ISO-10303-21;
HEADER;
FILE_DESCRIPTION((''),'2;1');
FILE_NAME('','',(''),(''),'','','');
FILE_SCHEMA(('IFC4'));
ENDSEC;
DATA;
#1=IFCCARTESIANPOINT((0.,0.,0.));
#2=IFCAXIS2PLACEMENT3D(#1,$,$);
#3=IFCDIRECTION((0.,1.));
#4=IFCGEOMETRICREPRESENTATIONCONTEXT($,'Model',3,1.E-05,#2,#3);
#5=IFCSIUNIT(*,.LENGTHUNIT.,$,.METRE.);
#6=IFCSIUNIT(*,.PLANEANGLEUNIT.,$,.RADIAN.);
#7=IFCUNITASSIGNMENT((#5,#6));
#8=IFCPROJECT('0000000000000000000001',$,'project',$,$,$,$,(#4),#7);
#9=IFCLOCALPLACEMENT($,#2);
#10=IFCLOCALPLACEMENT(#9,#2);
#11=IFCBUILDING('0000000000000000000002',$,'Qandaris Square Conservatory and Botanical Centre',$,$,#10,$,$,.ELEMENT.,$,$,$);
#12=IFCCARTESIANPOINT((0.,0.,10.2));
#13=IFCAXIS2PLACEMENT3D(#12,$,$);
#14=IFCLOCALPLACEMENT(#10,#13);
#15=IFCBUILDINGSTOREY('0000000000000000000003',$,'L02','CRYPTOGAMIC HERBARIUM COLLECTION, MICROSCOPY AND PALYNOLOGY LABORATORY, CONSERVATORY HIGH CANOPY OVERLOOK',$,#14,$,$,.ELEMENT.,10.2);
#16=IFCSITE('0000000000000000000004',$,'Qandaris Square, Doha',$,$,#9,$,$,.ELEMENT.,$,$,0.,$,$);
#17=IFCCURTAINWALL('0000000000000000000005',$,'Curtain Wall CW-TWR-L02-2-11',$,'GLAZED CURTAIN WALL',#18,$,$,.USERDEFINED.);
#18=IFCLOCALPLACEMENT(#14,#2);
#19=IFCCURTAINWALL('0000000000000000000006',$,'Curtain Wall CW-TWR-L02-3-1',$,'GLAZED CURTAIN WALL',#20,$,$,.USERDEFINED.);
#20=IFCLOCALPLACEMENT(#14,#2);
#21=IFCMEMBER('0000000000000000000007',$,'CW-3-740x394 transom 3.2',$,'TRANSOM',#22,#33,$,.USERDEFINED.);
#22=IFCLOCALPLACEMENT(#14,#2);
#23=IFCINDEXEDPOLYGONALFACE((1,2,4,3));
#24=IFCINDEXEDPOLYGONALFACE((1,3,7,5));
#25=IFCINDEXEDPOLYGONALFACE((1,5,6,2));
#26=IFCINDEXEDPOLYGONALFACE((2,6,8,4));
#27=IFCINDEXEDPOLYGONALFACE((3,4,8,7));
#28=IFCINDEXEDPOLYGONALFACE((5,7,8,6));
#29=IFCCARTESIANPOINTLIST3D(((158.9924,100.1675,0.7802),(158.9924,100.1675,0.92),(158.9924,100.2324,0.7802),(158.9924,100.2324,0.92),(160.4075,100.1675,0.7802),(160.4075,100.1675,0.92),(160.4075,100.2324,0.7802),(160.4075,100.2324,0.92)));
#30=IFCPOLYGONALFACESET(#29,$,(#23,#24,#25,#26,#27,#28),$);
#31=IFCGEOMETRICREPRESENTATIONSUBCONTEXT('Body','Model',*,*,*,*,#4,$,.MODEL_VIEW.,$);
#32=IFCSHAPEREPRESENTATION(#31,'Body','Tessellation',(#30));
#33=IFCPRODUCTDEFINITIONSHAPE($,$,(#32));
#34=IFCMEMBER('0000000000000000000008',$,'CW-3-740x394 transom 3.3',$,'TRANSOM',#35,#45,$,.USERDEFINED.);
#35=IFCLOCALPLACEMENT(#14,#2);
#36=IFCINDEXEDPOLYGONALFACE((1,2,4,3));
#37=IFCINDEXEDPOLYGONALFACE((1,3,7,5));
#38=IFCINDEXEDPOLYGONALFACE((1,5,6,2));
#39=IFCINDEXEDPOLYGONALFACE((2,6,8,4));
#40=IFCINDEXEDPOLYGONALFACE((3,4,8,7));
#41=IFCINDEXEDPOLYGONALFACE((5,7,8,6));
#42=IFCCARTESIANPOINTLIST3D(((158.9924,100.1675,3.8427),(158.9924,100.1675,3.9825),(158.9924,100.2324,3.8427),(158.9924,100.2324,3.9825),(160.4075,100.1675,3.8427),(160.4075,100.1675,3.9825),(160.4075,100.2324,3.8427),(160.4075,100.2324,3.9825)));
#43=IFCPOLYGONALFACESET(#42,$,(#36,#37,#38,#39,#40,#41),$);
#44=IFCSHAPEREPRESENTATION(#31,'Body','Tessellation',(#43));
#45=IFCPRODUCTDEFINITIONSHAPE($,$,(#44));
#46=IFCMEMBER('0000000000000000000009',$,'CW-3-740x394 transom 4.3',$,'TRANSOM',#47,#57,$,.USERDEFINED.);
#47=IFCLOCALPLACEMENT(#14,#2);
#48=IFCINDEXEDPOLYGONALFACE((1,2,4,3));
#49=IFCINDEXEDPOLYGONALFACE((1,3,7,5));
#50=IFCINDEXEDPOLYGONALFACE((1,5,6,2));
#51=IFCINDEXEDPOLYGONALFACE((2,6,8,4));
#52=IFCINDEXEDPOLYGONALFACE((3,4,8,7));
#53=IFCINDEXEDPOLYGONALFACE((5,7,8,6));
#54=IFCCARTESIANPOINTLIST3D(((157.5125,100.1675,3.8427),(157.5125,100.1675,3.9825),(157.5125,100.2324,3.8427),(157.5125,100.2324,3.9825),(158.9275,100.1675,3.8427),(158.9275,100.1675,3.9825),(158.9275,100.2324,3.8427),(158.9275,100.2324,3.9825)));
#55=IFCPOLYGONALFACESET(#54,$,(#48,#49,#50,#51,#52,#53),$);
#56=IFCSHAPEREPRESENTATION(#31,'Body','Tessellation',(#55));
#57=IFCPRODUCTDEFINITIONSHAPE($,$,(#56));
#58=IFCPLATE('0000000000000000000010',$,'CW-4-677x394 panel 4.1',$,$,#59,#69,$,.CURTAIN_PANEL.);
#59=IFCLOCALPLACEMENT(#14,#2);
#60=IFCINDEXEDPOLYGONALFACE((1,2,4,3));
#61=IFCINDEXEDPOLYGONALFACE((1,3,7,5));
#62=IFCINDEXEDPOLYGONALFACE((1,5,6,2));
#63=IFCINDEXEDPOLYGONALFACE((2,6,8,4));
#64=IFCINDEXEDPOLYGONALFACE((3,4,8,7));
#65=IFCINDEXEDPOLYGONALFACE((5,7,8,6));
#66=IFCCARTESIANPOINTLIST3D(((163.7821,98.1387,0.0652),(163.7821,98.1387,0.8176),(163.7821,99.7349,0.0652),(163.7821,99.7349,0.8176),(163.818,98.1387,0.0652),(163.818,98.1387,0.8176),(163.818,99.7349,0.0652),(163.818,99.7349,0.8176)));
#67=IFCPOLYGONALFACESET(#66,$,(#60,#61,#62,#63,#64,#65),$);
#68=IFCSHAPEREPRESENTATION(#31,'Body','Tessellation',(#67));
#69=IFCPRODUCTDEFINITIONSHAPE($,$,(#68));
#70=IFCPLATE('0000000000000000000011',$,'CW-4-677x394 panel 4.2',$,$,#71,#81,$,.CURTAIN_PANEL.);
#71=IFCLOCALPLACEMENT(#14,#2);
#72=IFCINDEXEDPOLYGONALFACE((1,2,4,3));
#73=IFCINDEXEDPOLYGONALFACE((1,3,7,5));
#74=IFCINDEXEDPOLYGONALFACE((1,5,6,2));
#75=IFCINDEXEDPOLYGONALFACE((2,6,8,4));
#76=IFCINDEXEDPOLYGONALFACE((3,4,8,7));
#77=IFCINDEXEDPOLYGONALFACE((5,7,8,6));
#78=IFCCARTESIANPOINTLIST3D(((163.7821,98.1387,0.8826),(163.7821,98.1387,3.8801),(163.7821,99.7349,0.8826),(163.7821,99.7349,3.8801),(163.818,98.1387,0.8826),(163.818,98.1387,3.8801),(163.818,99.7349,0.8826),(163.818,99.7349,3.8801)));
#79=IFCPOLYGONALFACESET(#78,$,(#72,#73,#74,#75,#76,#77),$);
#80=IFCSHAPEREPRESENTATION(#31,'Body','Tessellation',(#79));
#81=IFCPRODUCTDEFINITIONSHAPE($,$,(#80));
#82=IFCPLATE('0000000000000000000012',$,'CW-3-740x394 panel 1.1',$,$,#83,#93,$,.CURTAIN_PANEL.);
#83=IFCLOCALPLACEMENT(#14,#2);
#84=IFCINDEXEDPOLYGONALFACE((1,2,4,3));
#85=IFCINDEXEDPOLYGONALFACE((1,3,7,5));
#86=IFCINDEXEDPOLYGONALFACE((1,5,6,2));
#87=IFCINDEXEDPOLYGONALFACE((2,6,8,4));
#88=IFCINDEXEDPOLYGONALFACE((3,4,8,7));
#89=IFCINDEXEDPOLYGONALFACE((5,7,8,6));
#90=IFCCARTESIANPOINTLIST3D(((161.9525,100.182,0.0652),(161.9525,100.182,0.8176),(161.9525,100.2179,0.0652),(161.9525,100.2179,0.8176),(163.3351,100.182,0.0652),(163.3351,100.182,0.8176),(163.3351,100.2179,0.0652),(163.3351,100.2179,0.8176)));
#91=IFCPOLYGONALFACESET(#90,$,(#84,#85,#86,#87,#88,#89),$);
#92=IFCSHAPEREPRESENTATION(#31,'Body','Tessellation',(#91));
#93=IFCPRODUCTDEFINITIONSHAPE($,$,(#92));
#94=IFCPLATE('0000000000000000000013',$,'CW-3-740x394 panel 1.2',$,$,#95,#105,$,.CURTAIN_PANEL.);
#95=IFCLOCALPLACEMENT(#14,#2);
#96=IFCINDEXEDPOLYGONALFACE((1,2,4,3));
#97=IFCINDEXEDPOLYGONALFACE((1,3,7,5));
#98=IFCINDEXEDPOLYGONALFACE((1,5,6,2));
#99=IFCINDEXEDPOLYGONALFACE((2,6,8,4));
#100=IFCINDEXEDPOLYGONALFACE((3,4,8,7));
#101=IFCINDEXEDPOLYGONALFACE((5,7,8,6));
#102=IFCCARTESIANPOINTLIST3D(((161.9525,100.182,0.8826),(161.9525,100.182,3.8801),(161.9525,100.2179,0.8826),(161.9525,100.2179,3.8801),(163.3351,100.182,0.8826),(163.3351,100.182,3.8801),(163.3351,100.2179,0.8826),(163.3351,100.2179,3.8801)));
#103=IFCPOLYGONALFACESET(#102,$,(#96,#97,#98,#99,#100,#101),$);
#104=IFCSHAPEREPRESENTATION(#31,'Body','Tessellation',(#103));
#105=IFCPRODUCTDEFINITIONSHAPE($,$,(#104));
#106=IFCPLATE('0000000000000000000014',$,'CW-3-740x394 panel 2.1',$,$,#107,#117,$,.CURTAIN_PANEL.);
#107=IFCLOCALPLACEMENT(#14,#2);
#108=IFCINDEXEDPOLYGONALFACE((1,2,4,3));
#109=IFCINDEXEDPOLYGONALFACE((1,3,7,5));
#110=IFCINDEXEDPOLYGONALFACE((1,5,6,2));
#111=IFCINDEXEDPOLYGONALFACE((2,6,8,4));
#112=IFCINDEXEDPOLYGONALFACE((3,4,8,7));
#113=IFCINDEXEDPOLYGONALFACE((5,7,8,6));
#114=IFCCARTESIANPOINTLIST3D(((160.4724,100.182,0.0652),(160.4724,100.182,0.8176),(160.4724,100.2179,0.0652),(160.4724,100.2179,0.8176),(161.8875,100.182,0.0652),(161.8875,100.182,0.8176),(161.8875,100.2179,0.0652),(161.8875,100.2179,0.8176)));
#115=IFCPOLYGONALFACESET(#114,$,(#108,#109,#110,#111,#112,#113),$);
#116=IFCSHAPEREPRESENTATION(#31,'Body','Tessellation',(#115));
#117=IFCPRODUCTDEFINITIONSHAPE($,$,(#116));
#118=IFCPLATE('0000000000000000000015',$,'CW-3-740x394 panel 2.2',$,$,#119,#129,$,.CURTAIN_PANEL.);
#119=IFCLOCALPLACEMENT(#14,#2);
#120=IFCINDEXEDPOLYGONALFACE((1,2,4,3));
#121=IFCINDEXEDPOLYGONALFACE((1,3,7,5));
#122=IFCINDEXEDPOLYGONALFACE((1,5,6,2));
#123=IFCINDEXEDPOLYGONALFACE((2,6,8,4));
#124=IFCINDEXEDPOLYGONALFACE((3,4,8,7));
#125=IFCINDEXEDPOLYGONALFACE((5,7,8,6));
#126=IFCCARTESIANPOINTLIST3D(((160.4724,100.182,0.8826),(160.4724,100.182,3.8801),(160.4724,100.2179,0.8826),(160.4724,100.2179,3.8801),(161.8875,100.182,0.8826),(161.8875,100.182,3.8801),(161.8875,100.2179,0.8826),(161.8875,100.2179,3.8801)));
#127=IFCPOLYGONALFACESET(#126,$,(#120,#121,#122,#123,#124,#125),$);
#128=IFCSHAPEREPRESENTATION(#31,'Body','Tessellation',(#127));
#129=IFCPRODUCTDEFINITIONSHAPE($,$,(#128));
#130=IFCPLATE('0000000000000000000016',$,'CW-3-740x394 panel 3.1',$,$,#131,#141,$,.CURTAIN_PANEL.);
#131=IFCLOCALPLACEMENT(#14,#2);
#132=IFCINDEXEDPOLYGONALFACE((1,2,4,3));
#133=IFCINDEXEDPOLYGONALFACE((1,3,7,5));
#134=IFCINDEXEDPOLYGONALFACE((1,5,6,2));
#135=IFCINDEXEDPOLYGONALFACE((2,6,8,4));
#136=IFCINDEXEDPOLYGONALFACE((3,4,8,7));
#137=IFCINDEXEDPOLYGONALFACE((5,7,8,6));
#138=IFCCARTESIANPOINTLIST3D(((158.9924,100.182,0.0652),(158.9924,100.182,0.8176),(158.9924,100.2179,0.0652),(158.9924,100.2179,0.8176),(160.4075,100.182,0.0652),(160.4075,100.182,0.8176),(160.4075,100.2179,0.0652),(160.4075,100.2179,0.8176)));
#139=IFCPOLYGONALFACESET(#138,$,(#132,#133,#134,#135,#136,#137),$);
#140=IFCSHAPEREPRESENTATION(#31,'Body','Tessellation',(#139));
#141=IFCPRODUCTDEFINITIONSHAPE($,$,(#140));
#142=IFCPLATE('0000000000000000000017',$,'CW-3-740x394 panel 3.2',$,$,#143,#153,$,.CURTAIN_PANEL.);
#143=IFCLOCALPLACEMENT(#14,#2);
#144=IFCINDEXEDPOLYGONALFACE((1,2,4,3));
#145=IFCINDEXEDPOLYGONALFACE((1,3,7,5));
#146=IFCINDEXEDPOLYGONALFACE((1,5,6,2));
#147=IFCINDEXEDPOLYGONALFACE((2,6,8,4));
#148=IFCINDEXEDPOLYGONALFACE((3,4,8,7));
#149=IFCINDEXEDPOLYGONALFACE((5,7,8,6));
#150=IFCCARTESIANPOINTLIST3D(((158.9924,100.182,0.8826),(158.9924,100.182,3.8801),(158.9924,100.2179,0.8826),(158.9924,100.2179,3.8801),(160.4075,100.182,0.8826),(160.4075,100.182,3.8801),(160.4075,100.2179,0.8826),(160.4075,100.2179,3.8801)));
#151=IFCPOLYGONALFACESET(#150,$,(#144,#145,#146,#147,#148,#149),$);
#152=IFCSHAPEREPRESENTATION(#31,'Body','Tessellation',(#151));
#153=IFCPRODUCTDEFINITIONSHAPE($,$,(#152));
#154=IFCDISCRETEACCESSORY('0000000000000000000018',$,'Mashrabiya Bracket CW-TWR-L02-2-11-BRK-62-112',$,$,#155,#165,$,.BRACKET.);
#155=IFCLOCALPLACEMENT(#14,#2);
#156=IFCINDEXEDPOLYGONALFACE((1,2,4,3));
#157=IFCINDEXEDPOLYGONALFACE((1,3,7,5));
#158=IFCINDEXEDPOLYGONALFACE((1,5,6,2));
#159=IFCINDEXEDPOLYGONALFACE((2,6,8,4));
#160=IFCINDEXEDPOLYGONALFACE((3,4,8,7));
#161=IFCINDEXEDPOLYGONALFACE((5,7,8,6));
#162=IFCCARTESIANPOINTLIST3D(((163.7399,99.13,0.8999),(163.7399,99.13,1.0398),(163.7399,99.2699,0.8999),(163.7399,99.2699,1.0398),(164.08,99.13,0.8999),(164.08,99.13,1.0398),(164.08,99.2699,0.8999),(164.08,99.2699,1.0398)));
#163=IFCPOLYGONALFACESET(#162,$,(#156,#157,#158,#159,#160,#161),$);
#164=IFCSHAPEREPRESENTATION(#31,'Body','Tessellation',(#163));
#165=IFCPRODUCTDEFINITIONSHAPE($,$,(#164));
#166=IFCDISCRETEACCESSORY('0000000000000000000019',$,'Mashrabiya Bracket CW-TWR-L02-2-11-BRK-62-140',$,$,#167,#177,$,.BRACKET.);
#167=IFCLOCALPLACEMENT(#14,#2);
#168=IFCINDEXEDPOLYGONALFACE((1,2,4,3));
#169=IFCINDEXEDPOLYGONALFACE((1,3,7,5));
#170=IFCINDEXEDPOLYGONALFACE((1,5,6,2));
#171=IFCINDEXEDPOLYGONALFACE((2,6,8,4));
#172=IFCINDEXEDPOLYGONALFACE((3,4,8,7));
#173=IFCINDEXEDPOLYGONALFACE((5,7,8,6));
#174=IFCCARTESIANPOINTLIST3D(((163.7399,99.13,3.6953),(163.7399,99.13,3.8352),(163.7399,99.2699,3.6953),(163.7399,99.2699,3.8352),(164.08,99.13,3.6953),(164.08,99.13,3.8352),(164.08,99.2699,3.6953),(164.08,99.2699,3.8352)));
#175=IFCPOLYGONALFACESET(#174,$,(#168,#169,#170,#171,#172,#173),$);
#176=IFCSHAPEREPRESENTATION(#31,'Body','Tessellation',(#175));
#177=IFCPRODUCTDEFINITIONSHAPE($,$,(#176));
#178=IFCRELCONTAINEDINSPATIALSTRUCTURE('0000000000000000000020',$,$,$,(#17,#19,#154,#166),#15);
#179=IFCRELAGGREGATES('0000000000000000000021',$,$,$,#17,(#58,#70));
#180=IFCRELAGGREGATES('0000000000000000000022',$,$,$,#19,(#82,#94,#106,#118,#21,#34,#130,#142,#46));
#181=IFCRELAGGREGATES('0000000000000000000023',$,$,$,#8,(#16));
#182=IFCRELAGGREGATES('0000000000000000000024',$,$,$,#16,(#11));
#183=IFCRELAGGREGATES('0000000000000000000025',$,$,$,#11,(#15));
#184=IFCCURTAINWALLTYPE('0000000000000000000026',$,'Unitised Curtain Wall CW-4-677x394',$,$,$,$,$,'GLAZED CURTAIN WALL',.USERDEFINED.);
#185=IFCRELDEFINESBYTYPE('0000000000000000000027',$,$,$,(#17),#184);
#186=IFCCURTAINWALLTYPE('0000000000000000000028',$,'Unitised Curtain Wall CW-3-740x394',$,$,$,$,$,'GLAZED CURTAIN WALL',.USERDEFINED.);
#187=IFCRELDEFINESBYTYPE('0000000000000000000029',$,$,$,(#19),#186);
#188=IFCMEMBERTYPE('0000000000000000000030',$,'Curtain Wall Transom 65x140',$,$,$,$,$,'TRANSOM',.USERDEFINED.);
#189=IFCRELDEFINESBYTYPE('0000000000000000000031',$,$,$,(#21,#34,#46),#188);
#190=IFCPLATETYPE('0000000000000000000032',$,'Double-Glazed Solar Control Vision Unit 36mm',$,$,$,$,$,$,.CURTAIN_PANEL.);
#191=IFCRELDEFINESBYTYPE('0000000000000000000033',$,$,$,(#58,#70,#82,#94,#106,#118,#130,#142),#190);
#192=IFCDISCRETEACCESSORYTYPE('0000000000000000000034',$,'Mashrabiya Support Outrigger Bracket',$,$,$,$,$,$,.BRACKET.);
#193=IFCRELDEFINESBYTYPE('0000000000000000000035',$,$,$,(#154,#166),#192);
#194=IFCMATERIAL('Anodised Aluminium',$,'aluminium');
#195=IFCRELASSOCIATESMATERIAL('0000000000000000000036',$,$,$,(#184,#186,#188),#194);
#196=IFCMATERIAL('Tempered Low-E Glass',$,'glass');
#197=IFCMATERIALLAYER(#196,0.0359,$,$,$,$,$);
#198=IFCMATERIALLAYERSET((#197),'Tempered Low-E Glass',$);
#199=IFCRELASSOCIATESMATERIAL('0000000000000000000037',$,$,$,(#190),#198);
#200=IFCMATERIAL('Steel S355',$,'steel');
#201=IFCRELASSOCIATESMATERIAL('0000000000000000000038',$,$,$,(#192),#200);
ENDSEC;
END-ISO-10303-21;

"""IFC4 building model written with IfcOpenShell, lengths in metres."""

from ifc_helpers import new_model, si_unit, direction, frame, origin, origin_2d, place, context, subcontext, project, spatial, rectangle, extrude, material, layer, layer_set, material_profile, profile_set, type_object, element, aggregate, save


model = new_model("IFC4")

# Units and contexts
model_context = context("Model", 3, precision=1e-05, world=origin(), true_north=direction((0.0, 1.0)))
body_context = subcontext(model_context, "Body", "Model", "MODEL_VIEW")
ifc_project = project(units=[si_unit("LENGTHUNIT", "METRE"), si_unit("PLANEANGLEUNIT", "RADIAN")], contexts=[model_context])

# Site, building, storey
site_placement = place(None, origin())
site = spatial("IfcSite", under=ifc_project, at=site_placement, Name="Qandaris Square, Doha", CompositionType="ELEMENT", RefElevation=0.0)
building_placement = place(site_placement, origin())
building = spatial("IfcBuilding", under=site, at=building_placement, Name="Qandaris Square Conservatory and Botanical Centre", CompositionType="ELEMENT")
storey_placement = place(building_placement, frame((0.0, 0.0, 10.2)))
storey = spatial("IfcBuildingStorey", under=building, at=storey_placement, Name="L02", Description="CRYPTOGAMIC HERBARIUM COLLECTION, MICROSCOPY AND PALYNOLOGY LABORATORY, CONSERVATORY HIGH CANOPY OVERLOOK", CompositionType="ELEMENT", Elevation=10.2)

# Curtain wall
ifc_material_1 = material(Name="Anodised Aluminium", Category="aluminium")
curtain_wall_type_1 = type_object("IfcCurtainWallType", Name="Unitised Curtain Wall CW-4-677x394", ElementType="GLAZED CURTAIN WALL", PredefinedType="USERDEFINED", material=ifc_material_1)
curtain_wall_1_placement = place(storey_placement, origin())
curtain_wall_1 = element("IfcCurtainWall", 1, at=curtain_wall_1_placement, inside=storey, type_object=curtain_wall_type_1, Name="Curtain Wall CW-TWR-L02-2-11", ObjectType="GLAZED CURTAIN WALL", PredefinedType="USERDEFINED")

# Curtain wall
curtain_wall_type_2 = type_object("IfcCurtainWallType", Name="Unitised Curtain Wall CW-3-740x394", ElementType="GLAZED CURTAIN WALL", PredefinedType="USERDEFINED", material=ifc_material_1)
curtain_wall_2_placement = place(storey_placement, origin())
curtain_wall_2 = element("IfcCurtainWall", 2, at=curtain_wall_2_placement, inside=storey, type_object=curtain_wall_type_2, Name="Curtain Wall CW-TWR-L02-3-1", ObjectType="GLAZED CURTAIN WALL", PredefinedType="USERDEFINED")

# Members
ifc_material_profile_1 = material_profile(ifc_material_1, rectangle(XDim=0.0649, YDim=0.1399, at=origin_2d()), Name="ALU-TRN 65x140")
ifc_profile_set_1 = profile_set([ifc_material_profile_1], Name="Anodised Aluminium")
member_type_1 = type_object("IfcMemberType", Name="Curtain Wall Transom 65x140", ElementType="TRANSOM", PredefinedType="USERDEFINED", material=ifc_profile_set_1)
member_1_placement = place(storey_placement, frame((160.4075, 100.2, 0.8501), z_axis=(-1.0, 0.0, 0.0), x_axis=(0.0, -1.0, 0.0)))
member_1 = element("IfcMember", 3, at=member_1_placement, type_object=member_type_1, Name="CW-3-740x394 transom 3.2", ObjectType="TRANSOM", PredefinedType="USERDEFINED", context=body_context, shape_type="SweptSolid", body=[
    extrude(rectangle(XDim=0.0649, YDim=0.1399, at=origin_2d()), origin(), (0.0, 0.0, 1.0), 1.415),
])
member_2_placement = place(storey_placement, frame((160.4075, 100.2, 3.9126), z_axis=(-1.0, 0.0, 0.0), x_axis=(0.0, -1.0, 0.0)))
member_2 = element("IfcMember", 4, at=member_2_placement, type_object=member_type_1, Name="CW-3-740x394 transom 3.3", ObjectType="TRANSOM", PredefinedType="USERDEFINED", context=body_context, shape_type="SweptSolid", body=[
    extrude(rectangle(XDim=0.0649, YDim=0.1399, at=origin_2d()), origin(), (0.0, 0.0, 1.0), 1.415),
])
member_3_placement = place(storey_placement, frame((158.9275, 100.2, 3.9126), z_axis=(-1.0, 0.0, 0.0), x_axis=(0.0, -1.0, 0.0)))
member_3 = element("IfcMember", 5, at=member_3_placement, type_object=member_type_1, Name="CW-3-740x394 transom 4.3", ObjectType="TRANSOM", PredefinedType="USERDEFINED", context=body_context, shape_type="SweptSolid", body=[
    extrude(rectangle(XDim=0.0649, YDim=0.1399, at=origin_2d()), origin(), (0.0, 0.0, 1.0), 1.415),
])

# Plates
ifc_material_2 = material(Name="Tempered Low-E Glass", Category="glass")
ifc_layer = layer(ifc_material_2, 0.0359)
ifc_layer_set = layer_set([ifc_layer], Name="Tempered Low-E Glass")
plate_type = type_object("IfcPlateType", Name="Double-Glazed Solar Control Vision Unit 36mm", PredefinedType="CURTAIN_PANEL", material=ifc_layer_set)
plate_1_placement = place(storey_placement, frame((163.8, 98.9368, 0.0652), z_axis=(0.0, 0.0, 1.0), x_axis=(0.0, 1.0, 0.0)))
plate_1 = element("IfcPlate", 6, at=plate_1_placement, type_object=plate_type, Name="CW-4-677x394 panel 4.1", PredefinedType="CURTAIN_PANEL", context=body_context, shape_type="SweptSolid", body=[
    extrude(rectangle(XDim=1.5962, YDim=0.0359, at=origin_2d()), origin(), (0.0, 0.0, 1.0), 0.7524),
])
plate_2_placement = place(storey_placement, frame((163.8, 98.9368, 0.8826), z_axis=(0.0, 0.0, 1.0), x_axis=(0.0, 1.0, 0.0)))
plate_2 = element("IfcPlate", 7, at=plate_2_placement, type_object=plate_type, Name="CW-4-677x394 panel 4.2", PredefinedType="CURTAIN_PANEL", context=body_context, shape_type="SweptSolid", body=[
    extrude(rectangle(XDim=1.5962, YDim=0.0359, at=origin_2d()), origin(), (0.0, 0.0, 1.0), 2.9976),
])
aggregate(curtain_wall_1, [plate_1, plate_2])
plate_3_placement = place(storey_placement, frame((162.6438, 100.2, 0.0652), z_axis=(0.0, 0.0, 1.0), x_axis=(-1.0, 0.0, 0.0)))
plate_3 = element("IfcPlate", 8, at=plate_3_placement, type_object=plate_type, Name="CW-3-740x394 panel 1.1", PredefinedType="CURTAIN_PANEL", context=body_context, shape_type="SweptSolid", body=[
    extrude(rectangle(XDim=1.3826, YDim=0.0359, at=origin_2d()), origin(), (0.0, 0.0, 1.0), 0.7524),
])
plate_4_placement = place(storey_placement, frame((162.6438, 100.2, 0.8826), z_axis=(0.0, 0.0, 1.0), x_axis=(-1.0, 0.0, 0.0)))
plate_4 = element("IfcPlate", 9, at=plate_4_placement, type_object=plate_type, Name="CW-3-740x394 panel 1.2", PredefinedType="CURTAIN_PANEL", context=body_context, shape_type="SweptSolid", body=[
    extrude(rectangle(XDim=1.3826, YDim=0.0359, at=origin_2d()), origin(), (0.0, 0.0, 1.0), 2.9976),
])
plate_5_placement = place(storey_placement, frame((161.1799, 100.2, 0.0652), z_axis=(0.0, 0.0, 1.0), x_axis=(-1.0, 0.0, 0.0)))
plate_5 = element("IfcPlate", 10, at=plate_5_placement, type_object=plate_type, Name="CW-3-740x394 panel 2.1", PredefinedType="CURTAIN_PANEL", context=body_context, shape_type="SweptSolid", body=[
    extrude(rectangle(XDim=1.415, YDim=0.0359, at=origin_2d()), origin(), (0.0, 0.0, 1.0), 0.7524),
])
plate_6_placement = place(storey_placement, frame((161.1799, 100.2, 0.8826), z_axis=(0.0, 0.0, 1.0), x_axis=(-1.0, 0.0, 0.0)))
plate_6 = element("IfcPlate", 11, at=plate_6_placement, type_object=plate_type, Name="CW-3-740x394 panel 2.2", PredefinedType="CURTAIN_PANEL", context=body_context, shape_type="SweptSolid", body=[
    extrude(rectangle(XDim=1.415, YDim=0.0359, at=origin_2d()), origin(), (0.0, 0.0, 1.0), 2.9976),
])
plate_7_placement = place(storey_placement, frame((159.7, 100.2, 0.0652), z_axis=(0.0, 0.0, 1.0), x_axis=(-1.0, 0.0, 0.0)))
plate_7 = element("IfcPlate", 12, at=plate_7_placement, type_object=plate_type, Name="CW-3-740x394 panel 3.1", PredefinedType="CURTAIN_PANEL", context=body_context, shape_type="SweptSolid", body=[
    extrude(rectangle(XDim=1.415, YDim=0.0359, at=origin_2d()), origin(), (0.0, 0.0, 1.0), 0.7524),
])
plate_8_placement = place(storey_placement, frame((159.7, 100.2, 0.8826), z_axis=(0.0, 0.0, 1.0), x_axis=(-1.0, 0.0, 0.0)))
plate_8 = element("IfcPlate", 13, at=plate_8_placement, type_object=plate_type, Name="CW-3-740x394 panel 3.2", PredefinedType="CURTAIN_PANEL", context=body_context, shape_type="SweptSolid", body=[
    extrude(rectangle(XDim=1.415, YDim=0.0359, at=origin_2d()), origin(), (0.0, 0.0, 1.0), 2.9976),
])
aggregate(curtain_wall_2, [plate_3, plate_4, plate_5, plate_6, member_1, member_2, plate_7, plate_8, member_3])

# Discrete accessories
ifc_material_3 = material(Name="Steel S355", Category="steel")
discrete_accessory_type = type_object("IfcDiscreteAccessoryType", Name="Mashrabiya Support Outrigger Bracket", PredefinedType="BRACKET", material=ifc_material_3)
for number, where, z_axis, x_axis, name in (
    (14, (163.9099, 99.2, 0.8999), (0.0, 0.0, 1.0), (0.0, 1.0, 0.0), "Mashrabiya Bracket CW-TWR-L02-2-11-BRK-62-112"),
    (15, (163.9099, 99.2, 3.6953), (0.0, 0.0, 1.0), (0.0, 1.0, 0.0), "Mashrabiya Bracket CW-TWR-L02-2-11-BRK-62-140"),
):
    element("IfcDiscreteAccessory", number, at=place(storey_placement, frame(where, z_axis=z_axis, x_axis=x_axis)), inside=storey, type_object=discrete_accessory_type, Name=name, PredefinedType="BRACKET", context=body_context, shape_type="SweptSolid", body=[
        extrude(rectangle(XDim=0.1399, YDim=0.3401, at=origin_2d()), origin(), (0.0, 0.0, 1.0), 0.1399),
    ])

save(model, "model.ifc")
